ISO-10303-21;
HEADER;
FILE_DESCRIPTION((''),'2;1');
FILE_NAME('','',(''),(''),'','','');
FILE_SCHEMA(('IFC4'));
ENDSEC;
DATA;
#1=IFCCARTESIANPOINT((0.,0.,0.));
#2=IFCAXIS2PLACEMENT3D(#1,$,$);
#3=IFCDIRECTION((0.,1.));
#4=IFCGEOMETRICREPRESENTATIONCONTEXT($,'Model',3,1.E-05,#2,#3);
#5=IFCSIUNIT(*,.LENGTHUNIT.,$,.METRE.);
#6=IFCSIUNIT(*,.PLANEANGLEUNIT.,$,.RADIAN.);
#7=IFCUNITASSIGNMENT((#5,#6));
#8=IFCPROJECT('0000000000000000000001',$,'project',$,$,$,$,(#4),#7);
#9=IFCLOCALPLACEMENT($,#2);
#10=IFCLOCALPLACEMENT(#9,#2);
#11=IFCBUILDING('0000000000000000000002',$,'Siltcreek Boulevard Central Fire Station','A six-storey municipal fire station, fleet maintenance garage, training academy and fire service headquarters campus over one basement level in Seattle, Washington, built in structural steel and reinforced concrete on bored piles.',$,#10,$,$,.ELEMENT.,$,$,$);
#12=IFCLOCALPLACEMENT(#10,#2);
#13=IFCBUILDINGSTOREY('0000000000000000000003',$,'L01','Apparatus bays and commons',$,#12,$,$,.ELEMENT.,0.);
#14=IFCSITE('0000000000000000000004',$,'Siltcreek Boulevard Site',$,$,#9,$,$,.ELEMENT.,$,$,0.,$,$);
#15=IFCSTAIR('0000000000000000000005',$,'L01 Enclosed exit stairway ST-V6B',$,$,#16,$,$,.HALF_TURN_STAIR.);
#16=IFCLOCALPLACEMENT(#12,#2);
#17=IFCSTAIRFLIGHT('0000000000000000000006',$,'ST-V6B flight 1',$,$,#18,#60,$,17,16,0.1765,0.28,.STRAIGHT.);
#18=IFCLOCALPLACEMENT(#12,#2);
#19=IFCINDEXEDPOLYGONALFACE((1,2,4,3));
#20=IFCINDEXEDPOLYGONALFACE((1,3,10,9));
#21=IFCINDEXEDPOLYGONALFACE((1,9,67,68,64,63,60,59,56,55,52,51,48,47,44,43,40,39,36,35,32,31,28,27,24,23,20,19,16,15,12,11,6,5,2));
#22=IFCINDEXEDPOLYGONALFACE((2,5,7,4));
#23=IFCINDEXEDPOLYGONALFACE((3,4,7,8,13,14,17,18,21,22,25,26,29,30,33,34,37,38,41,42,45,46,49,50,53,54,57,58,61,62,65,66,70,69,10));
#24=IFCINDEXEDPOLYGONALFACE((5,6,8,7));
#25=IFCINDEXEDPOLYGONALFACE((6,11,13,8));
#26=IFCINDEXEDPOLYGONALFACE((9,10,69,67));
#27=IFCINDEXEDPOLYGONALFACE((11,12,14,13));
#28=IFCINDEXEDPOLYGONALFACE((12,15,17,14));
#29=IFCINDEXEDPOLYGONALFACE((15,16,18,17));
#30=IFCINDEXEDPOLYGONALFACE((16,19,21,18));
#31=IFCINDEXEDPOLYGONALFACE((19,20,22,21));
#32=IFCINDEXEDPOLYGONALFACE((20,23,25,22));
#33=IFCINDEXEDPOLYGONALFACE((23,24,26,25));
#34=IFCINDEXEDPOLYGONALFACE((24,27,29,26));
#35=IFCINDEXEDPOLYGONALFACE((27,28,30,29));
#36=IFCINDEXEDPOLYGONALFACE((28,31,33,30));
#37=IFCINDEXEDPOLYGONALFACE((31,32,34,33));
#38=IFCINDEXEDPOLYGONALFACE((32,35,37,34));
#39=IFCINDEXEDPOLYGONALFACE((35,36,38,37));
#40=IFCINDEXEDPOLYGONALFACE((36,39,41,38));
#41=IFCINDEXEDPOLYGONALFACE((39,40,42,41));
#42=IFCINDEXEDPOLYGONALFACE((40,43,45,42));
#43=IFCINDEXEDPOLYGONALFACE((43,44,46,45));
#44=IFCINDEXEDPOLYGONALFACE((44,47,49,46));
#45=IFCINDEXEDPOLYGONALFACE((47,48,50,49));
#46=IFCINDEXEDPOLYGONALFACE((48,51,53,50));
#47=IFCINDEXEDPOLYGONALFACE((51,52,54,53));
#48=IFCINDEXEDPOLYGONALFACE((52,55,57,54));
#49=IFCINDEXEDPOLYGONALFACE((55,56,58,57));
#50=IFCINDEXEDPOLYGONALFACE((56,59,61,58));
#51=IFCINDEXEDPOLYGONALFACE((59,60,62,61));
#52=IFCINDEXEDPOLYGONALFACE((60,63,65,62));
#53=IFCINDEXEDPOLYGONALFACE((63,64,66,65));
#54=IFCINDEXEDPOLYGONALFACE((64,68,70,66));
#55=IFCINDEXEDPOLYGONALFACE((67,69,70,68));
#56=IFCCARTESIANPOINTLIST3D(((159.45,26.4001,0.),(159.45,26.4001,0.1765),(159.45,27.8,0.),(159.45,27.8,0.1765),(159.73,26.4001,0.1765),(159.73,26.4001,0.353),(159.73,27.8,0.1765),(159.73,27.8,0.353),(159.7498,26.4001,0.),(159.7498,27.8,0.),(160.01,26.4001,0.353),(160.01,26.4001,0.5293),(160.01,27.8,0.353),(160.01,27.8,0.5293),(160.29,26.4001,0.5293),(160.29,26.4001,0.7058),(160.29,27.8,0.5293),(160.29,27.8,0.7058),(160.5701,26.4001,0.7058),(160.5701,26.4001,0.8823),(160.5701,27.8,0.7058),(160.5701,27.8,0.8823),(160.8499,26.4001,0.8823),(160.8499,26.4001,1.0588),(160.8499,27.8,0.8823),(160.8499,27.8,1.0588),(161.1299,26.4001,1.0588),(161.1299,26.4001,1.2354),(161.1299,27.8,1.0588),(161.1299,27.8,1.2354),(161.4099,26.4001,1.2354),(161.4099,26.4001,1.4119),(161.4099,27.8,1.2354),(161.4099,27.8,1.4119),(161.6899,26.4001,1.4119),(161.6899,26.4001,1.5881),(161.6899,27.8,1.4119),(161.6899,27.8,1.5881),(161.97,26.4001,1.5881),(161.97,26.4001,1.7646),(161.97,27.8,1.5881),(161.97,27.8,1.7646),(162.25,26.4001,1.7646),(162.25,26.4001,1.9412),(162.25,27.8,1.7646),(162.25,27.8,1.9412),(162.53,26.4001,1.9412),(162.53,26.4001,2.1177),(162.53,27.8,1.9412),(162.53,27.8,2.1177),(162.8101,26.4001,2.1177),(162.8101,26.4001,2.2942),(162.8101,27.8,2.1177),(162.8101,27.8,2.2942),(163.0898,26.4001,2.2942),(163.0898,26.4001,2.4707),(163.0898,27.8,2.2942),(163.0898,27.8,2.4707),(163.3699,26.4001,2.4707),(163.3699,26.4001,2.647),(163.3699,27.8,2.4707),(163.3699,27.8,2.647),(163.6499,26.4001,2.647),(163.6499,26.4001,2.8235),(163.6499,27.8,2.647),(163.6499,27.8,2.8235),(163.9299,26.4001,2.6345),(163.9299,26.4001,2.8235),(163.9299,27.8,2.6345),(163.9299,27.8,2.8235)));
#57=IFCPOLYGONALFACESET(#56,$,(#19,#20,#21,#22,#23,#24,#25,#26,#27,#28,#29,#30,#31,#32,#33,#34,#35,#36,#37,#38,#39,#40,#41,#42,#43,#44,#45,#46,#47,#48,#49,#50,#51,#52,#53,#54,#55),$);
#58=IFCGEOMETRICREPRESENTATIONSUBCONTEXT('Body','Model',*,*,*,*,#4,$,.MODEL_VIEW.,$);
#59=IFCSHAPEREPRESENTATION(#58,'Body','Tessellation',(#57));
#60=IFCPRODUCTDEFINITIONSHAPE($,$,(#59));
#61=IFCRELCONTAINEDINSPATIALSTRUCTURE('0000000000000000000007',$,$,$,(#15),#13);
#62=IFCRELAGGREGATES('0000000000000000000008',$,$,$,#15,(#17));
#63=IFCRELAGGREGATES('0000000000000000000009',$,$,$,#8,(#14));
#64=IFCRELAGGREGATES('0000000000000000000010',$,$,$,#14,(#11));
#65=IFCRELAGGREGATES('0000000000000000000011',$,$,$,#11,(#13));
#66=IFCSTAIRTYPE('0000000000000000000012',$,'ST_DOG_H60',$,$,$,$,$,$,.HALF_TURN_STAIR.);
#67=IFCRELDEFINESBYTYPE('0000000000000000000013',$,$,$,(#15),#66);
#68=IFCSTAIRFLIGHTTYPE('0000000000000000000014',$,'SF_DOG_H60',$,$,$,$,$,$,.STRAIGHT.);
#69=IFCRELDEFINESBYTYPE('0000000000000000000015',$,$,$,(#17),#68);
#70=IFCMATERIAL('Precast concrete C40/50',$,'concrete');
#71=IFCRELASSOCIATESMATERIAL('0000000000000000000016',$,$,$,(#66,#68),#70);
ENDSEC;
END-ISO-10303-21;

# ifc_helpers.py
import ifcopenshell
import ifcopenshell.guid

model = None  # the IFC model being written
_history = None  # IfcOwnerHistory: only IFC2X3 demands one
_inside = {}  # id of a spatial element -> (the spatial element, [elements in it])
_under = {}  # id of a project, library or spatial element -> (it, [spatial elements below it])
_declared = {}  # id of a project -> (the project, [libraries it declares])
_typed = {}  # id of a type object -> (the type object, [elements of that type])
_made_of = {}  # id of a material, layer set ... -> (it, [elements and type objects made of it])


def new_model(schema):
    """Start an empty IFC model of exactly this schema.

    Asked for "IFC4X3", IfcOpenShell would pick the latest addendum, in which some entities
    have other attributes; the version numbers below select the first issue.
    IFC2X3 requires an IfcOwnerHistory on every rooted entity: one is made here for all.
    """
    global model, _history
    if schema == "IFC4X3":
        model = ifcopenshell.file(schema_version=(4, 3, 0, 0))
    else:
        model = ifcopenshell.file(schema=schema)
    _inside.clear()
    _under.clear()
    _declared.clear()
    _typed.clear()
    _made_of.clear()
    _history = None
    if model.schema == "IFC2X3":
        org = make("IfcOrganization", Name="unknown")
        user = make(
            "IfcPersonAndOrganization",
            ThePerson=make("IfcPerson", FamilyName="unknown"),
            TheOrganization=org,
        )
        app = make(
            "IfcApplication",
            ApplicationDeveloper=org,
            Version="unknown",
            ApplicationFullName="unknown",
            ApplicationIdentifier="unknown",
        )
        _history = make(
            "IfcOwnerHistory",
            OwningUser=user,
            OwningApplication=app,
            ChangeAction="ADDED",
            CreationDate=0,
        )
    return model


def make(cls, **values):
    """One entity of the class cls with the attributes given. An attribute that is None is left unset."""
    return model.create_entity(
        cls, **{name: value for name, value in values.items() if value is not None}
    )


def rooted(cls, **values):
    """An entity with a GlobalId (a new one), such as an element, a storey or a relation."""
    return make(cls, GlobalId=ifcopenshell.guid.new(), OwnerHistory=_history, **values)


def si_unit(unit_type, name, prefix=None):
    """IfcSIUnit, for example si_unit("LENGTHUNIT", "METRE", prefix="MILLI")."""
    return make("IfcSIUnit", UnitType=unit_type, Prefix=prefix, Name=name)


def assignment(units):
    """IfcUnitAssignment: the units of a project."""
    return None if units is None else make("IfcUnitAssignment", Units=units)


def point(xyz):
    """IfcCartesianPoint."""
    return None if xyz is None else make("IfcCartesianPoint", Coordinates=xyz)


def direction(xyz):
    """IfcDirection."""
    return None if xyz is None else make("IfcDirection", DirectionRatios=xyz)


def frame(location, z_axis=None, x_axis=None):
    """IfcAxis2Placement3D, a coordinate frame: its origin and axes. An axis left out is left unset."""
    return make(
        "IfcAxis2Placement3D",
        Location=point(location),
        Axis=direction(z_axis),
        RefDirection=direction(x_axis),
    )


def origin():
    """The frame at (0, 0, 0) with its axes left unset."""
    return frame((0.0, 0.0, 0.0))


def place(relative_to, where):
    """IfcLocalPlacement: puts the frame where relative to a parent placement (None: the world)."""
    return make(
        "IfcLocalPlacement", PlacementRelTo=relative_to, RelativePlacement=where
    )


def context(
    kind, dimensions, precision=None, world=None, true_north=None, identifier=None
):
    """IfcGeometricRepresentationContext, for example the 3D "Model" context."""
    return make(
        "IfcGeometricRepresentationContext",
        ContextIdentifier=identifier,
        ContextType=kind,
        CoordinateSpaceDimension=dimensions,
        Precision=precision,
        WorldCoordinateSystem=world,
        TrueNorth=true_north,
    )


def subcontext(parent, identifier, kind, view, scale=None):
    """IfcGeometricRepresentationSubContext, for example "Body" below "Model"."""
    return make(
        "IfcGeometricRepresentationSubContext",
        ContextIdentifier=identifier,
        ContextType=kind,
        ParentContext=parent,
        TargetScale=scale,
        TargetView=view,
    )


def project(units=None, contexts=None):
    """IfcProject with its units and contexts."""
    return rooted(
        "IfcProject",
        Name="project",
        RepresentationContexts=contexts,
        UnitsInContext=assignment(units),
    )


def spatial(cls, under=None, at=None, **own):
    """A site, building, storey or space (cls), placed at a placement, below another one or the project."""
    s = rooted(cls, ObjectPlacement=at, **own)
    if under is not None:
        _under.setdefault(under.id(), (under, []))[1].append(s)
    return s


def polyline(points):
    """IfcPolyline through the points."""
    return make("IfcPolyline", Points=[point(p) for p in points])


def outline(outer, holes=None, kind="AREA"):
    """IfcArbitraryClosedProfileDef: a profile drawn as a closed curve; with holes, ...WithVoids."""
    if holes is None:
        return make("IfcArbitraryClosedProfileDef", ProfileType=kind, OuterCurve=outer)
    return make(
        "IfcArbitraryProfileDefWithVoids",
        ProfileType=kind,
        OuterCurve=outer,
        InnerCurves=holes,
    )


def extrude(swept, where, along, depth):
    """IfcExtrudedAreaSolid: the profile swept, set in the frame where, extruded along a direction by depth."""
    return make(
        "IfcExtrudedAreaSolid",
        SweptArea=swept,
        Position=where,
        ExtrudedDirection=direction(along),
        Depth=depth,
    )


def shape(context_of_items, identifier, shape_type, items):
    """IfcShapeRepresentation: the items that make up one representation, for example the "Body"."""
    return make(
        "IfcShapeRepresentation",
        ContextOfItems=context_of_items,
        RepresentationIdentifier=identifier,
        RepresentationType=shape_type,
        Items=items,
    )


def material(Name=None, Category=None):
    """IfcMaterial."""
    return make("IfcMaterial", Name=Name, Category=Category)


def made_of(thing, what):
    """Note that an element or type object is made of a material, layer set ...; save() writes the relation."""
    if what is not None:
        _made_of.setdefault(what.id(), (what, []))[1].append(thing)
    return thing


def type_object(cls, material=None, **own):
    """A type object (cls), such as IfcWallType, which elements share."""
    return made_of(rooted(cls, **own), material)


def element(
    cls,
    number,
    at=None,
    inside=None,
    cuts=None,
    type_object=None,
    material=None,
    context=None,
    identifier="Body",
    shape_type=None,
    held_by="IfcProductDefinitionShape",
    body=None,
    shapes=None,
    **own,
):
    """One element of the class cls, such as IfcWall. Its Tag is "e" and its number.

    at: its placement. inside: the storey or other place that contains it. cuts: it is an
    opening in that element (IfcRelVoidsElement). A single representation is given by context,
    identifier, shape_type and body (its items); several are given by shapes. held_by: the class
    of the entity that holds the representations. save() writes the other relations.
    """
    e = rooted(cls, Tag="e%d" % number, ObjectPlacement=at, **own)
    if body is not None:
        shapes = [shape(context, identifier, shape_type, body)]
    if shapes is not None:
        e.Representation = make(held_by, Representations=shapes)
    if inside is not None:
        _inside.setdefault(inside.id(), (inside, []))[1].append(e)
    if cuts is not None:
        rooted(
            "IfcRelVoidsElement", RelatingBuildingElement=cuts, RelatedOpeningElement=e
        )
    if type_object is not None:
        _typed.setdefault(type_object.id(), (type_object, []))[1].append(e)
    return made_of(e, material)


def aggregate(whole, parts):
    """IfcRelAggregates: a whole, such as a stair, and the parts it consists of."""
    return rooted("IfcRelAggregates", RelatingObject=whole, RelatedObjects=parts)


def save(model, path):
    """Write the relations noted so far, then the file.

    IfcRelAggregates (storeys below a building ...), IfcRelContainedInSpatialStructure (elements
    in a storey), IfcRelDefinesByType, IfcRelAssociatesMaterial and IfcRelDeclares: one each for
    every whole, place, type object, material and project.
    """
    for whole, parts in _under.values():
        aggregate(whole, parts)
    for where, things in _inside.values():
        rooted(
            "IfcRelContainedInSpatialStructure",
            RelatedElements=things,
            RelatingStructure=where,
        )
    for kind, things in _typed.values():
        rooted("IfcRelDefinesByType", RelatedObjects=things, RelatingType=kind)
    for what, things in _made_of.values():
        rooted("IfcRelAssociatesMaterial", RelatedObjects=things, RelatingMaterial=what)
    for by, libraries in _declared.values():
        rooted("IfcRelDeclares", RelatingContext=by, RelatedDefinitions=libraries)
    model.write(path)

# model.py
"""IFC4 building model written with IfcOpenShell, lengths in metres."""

from ifc_helpers import new_model, si_unit, direction, frame, origin, place, context, subcontext, project, spatial, polyline, outline, extrude, material, type_object, element, aggregate, save


model = new_model("IFC4")

# Units and contexts
model_context = context("Model", 3, precision=1e-05, world=origin(), true_north=direction((0.0, 1.0)))
body_context = subcontext(model_context, "Body", "Model", "MODEL_VIEW")
ifc_project = project(units=[si_unit("LENGTHUNIT", "METRE"), si_unit("PLANEANGLEUNIT", "RADIAN")], contexts=[model_context])

# Site, building, storey
site_placement = place(None, origin())
site = spatial("IfcSite", under=ifc_project, at=site_placement, Name="Siltcreek Boulevard Site", CompositionType="ELEMENT", RefElevation=0.0)
building_placement = place(site_placement, origin())
building = spatial("IfcBuilding", under=site, at=building_placement, Name="Siltcreek Boulevard Central Fire Station", Description="A six-storey municipal fire station, fleet maintenance garage, training academy and fire service headquarters campus over one basement level in Seattle, Washington, built in structural steel and reinforced concrete on bored piles.", CompositionType="ELEMENT")
storey_placement = place(building_placement, origin())
storey = spatial("IfcBuildingStorey", under=building, at=storey_placement, Name="L01", Description="Apparatus bays and commons", CompositionType="ELEMENT", Elevation=0.0)

# Stair, stair flight
ifc_material_1 = material(Name="Precast concrete C40/50", Category="concrete")
stair_type = type_object("IfcStairType", Name="ST_DOG_H60", PredefinedType="HALF_TURN_STAIR", material=ifc_material_1)
stair_placement = place(storey_placement, origin())
stair = element("IfcStair", 1, at=stair_placement, inside=storey, type_object=stair_type, Name="L01 Enclosed exit stairway ST-V6B", PredefinedType="HALF_TURN_STAIR")
stair_flight_type = type_object("IfcStairFlightType", Name="SF_DOG_H60", PredefinedType="STRAIGHT", material=ifc_material_1)
stair_flight_placement = place(storey_placement, frame((159.45, 27.1001, 0.0), z_axis=(0.0, 0.0, 1.0), x_axis=(1.0, 0.0, 0.0)))
stair_flight = element("IfcStairFlight", 2, at=stair_flight_placement, type_object=stair_flight_type, Name="ST-V6B flight 1", NumberOfRisers=17, NumberOfTreads=16, PredefinedType="STRAIGHT", RiserHeight=0.1765, TreadLength=0.28, context=body_context, shape_type="SweptSolid", body=[
    extrude(outline(polyline([(0.0, 0.0), (0.0, 0.1765), (0.28, 0.1765), (0.28, 0.353), (0.5601, 0.353), (0.5601, 0.5293), (0.8401, 0.5293), (0.8401, 0.7058), (1.1201, 0.7058), (1.1201, 0.8823), (1.3999, 0.8823), (1.3999, 1.0588), (1.6799, 1.0588), (1.6799, 1.2354), (1.96, 1.2354), (1.96, 1.4119), (2.24, 1.4119), (2.24, 1.5881), (2.52, 1.5881), (2.52, 1.7646), (2.8, 1.7646), (2.8, 1.9412), (3.0801, 1.9412), (3.0801, 2.1177), (3.3601, 2.1177), (3.3601, 2.2942), (3.6399, 2.2942), (3.6399, 2.4707), (3.9199, 2.4707), (3.9199, 2.647), (4.2, 2.647), (4.2, 2.8235), (4.48, 2.8235), (4.48, 3.0), (4.48, 2.6345), (0.2998, 0.0), (0.0, 0.0)])), frame((0.0, 0.7, 0.0), z_axis=(0.0, -1.0, 0.0), x_axis=(1.0, 0.0, 0.0)), (0.0, 0.0, 1.0), 1.3999),
])
aggregate(stair, [stair_flight])

save(model, "model.ifc")
